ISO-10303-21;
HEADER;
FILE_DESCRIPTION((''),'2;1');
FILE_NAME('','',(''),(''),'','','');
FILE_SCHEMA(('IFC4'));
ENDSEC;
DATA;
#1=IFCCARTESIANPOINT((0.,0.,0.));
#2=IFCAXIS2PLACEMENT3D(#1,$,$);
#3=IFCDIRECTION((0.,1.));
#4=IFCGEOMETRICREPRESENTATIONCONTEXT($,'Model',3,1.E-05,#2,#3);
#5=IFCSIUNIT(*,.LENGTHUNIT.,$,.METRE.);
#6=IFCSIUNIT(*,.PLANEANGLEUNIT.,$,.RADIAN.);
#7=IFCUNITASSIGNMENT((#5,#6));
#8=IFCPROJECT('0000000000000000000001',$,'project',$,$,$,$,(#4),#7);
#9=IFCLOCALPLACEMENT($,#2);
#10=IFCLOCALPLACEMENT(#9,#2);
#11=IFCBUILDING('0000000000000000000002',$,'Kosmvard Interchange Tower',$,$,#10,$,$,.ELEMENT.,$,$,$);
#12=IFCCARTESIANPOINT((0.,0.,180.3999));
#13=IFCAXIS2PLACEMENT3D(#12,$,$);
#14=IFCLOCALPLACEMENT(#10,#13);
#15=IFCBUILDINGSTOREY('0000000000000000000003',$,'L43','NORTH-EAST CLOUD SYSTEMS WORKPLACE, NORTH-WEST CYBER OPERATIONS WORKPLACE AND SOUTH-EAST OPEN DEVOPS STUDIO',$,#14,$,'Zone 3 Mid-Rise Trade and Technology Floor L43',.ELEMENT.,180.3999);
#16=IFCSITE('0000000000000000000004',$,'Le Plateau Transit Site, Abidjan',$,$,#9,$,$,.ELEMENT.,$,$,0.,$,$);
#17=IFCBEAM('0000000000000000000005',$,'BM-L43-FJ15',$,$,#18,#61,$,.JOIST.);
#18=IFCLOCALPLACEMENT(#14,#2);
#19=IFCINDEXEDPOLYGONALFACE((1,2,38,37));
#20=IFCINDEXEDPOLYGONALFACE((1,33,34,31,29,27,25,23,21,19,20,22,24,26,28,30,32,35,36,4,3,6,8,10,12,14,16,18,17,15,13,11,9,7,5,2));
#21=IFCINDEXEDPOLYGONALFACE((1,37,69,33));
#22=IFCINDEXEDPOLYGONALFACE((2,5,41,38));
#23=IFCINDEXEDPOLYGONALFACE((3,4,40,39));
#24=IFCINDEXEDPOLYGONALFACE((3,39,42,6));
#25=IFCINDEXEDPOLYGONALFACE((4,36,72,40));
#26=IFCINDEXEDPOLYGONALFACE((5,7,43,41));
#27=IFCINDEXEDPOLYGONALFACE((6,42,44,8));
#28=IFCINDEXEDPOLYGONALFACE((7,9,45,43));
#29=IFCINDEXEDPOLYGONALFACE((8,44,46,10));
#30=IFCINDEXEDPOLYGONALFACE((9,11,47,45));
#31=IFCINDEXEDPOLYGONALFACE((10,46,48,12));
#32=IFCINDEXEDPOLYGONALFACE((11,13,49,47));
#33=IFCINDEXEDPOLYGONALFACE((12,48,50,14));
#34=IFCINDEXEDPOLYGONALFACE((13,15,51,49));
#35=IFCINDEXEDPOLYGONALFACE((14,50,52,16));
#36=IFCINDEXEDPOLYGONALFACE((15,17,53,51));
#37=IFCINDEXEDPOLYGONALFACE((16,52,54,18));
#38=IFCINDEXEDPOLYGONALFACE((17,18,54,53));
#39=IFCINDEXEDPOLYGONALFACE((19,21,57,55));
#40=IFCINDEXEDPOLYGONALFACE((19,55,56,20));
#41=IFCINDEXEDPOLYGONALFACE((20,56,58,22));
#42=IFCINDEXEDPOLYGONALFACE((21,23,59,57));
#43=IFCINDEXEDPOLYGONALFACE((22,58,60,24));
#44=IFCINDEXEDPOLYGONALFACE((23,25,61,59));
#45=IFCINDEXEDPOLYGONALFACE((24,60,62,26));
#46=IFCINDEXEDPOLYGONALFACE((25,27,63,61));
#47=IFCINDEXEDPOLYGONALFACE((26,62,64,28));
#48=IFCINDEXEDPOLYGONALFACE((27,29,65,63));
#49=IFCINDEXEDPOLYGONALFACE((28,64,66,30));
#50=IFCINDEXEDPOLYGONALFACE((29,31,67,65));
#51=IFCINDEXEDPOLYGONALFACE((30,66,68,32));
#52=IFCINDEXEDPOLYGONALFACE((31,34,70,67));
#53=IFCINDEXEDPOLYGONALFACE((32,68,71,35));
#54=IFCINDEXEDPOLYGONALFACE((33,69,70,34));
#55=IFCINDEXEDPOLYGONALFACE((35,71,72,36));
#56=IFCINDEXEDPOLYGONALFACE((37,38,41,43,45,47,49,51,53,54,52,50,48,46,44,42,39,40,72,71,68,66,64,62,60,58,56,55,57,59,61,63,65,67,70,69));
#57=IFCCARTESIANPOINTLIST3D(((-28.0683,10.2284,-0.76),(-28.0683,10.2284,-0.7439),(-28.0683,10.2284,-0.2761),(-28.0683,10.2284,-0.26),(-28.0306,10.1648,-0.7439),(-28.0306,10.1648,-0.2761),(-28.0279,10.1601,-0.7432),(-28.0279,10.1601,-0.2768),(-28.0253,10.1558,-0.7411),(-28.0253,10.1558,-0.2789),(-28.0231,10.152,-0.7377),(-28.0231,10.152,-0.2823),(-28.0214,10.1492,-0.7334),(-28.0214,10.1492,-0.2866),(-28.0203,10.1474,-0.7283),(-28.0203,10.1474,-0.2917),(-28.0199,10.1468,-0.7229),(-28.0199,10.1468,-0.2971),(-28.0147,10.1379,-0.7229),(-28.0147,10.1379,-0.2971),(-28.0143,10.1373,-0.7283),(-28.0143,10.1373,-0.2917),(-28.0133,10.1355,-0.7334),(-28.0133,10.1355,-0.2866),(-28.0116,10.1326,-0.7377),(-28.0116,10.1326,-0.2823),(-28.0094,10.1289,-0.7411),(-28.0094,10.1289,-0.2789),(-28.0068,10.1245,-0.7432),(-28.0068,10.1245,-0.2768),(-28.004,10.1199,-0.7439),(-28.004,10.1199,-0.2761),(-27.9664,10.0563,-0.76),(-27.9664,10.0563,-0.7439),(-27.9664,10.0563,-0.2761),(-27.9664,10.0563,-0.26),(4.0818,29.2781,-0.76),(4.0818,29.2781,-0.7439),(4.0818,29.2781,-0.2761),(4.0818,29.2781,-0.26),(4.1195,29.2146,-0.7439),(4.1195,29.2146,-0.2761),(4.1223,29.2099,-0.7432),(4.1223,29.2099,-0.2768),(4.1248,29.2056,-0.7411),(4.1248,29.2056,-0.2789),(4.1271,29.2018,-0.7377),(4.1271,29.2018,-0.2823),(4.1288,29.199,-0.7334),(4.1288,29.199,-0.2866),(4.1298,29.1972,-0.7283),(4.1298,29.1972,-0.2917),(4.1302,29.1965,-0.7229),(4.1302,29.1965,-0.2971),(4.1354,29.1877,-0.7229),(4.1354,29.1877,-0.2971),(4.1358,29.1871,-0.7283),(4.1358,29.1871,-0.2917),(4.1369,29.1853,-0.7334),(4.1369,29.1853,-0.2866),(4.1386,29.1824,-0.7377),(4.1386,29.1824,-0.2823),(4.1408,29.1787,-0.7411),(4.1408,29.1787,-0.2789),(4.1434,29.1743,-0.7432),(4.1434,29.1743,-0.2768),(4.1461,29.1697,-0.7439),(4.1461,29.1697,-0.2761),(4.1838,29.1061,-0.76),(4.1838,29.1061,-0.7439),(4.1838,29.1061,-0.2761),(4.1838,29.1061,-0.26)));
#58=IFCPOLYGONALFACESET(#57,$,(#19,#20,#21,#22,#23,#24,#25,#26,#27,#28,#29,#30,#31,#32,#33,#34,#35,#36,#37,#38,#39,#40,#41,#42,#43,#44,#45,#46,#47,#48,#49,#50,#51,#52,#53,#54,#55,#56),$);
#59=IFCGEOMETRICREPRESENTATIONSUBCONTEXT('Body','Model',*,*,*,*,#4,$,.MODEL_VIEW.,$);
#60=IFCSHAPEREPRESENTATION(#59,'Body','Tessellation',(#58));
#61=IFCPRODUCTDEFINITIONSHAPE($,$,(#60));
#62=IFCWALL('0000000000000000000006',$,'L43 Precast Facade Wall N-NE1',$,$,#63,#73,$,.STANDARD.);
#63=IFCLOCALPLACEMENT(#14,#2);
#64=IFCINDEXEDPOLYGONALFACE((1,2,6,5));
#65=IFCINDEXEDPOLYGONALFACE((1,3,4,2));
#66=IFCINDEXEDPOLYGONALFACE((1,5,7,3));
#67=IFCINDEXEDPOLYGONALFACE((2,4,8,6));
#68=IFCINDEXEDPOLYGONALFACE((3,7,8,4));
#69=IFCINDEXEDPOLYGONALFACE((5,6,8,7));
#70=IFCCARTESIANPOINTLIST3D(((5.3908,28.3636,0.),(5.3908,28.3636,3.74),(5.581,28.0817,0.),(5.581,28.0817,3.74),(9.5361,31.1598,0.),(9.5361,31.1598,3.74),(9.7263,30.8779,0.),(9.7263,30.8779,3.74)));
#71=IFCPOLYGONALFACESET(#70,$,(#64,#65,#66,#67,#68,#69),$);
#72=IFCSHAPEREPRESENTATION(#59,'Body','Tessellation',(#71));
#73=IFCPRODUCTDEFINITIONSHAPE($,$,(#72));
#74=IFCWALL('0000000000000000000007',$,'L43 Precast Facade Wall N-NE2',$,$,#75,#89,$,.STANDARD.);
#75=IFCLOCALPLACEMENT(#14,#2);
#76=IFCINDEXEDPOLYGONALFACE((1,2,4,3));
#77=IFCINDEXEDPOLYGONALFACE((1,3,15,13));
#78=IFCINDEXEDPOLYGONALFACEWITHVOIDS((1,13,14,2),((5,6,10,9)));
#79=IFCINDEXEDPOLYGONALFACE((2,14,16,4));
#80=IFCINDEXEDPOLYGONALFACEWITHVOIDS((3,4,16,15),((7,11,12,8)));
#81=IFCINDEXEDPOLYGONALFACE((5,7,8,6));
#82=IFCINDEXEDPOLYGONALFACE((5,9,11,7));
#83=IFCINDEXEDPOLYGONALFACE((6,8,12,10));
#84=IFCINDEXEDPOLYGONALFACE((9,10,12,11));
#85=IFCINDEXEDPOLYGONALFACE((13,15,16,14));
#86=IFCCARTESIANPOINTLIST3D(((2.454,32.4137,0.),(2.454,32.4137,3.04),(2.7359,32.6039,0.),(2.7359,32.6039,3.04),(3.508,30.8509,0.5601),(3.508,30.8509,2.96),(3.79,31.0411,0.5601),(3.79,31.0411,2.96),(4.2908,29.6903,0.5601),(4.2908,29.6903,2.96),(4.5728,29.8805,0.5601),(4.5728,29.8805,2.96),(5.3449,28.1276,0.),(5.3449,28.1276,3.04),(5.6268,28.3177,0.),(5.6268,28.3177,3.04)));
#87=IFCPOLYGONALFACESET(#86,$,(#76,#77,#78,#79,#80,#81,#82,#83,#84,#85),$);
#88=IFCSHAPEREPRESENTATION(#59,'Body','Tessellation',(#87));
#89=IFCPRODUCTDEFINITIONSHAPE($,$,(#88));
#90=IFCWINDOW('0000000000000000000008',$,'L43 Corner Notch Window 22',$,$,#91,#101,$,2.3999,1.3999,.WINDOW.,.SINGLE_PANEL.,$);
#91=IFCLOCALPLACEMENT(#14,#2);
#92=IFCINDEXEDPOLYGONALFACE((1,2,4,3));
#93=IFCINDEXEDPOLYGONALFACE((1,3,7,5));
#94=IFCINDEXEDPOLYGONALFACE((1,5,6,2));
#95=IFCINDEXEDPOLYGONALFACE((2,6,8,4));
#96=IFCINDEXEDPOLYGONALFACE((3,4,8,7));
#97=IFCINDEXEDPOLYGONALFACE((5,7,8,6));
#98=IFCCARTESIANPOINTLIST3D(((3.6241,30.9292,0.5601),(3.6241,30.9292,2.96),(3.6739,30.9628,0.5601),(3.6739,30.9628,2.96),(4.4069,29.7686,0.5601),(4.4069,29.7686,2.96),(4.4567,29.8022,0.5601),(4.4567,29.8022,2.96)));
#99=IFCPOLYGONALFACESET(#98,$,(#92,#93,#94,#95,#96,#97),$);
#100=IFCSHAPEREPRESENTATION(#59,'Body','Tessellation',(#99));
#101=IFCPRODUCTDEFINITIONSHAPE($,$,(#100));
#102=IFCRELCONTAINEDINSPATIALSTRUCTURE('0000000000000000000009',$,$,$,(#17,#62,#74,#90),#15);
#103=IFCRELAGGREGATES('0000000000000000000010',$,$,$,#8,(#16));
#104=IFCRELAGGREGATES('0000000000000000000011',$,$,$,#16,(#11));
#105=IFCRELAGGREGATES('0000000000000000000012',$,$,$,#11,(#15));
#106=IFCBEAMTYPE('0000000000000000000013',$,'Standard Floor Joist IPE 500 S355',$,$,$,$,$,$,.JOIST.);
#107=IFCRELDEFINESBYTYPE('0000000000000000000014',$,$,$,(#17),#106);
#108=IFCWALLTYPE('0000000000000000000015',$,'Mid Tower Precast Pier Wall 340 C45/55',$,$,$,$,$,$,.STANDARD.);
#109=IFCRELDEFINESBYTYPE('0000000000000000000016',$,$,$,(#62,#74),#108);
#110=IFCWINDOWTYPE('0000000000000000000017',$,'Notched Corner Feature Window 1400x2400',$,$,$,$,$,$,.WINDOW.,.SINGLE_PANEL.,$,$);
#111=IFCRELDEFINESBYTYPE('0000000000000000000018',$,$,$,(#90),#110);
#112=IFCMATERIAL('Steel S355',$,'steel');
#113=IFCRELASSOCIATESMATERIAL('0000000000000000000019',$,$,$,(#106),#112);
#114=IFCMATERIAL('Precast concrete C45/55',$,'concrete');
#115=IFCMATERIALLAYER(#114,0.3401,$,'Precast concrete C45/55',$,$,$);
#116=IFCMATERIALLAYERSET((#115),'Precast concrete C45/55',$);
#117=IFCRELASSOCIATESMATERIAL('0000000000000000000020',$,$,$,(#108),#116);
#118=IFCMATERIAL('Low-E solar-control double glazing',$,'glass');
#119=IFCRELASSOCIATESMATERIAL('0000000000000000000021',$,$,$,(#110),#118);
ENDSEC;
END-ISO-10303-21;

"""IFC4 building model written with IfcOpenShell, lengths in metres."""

from ifc_helpers import new_model, si_unit, direction, frame, frame_2d, origin, origin_2d, place, context, subcontext, project, spatial, rectangle, i_section, extrude, source, transform, mapped, material, layer, layer_set, material_profile, profile_set, type_object, element, fill, save


model = new_model("IFC4")

# Units and contexts
model_context = context("Model", 3, precision=1e-05, world=origin(), true_north=direction((0.0, 1.0)))
body_context = subcontext(model_context, "Body", "Model", "MODEL_VIEW")
ifc_project = project(units=[si_unit("LENGTHUNIT", "METRE"), si_unit("PLANEANGLEUNIT", "RADIAN")], contexts=[model_context])

# Site, building, storey
site_placement = place(None, origin())
site = spatial("IfcSite", under=ifc_project, at=site_placement, Name="Le Plateau Transit Site, Abidjan", CompositionType="ELEMENT", RefElevation=0.0)
building_placement = place(site_placement, origin())
building = spatial("IfcBuilding", under=site, at=building_placement, Name="Kosmvard Interchange Tower", CompositionType="ELEMENT")
storey_placement = place(building_placement, frame((0.0, 0.0, 180.3999)))
storey = spatial("IfcBuildingStorey", under=building, at=storey_placement, Name="L43", Description="NORTH-EAST CLOUD SYSTEMS WORKPLACE, NORTH-WEST CYBER OPERATIONS WORKPLACE AND SOUTH-EAST OPEN DEVOPS STUDIO", LongName="Zone 3 Mid-Rise Trade and Technology Floor L43", CompositionType="ELEMENT", Elevation=180.3999)

# Beam
ifc_material_1 = material(Name="Steel S355", Category="steel")
ifc_material_2 = material(Name="Precast concrete C45/55", Category="concrete")
ifc_material_profile_1 = material_profile(ifc_material_1, i_section(OverallWidth=0.2, OverallDepth=0.5, WebThickness=0.0103, FlangeThickness=0.0161, FilletRadius=0.021, at=origin_2d()), Name="IPE 500")
ifc_profile_set_1 = profile_set([ifc_material_profile_1], Name="Steel S355")
beam_type_1 = type_object("IfcBeamType", Name="Standard Floor Joist IPE 500 S355", PredefinedType="JOIST", material=ifc_profile_set_1)
shared_shape_1 = source(origin(), body_context, "Body", "SweptSolid", [
    extrude(i_section(OverallWidth=0.2, OverallDepth=0.5, WebThickness=0.0103, FlangeThickness=0.0161, FilletRadius=0.021, at=origin_2d()), origin(), (0.0, 0.0, 1.0), 37.3701),
])
beam_1_placement = place(storey_placement, frame((4.1328, 29.1921, -0.51), z_axis=(-0.860317, -0.50976, 0.0), x_axis=(0.50976, -0.860317, 0.0)))
element("IfcBeam", 1, at=beam_1_placement, inside=storey, type_object=beam_type_1, Name="BM-L43-FJ15", PredefinedType="JOIST", context=body_context, shape_type="MappedRepresentation", body=[
    mapped(shared_shape_1, transform((0.0, 0.0, 0.0), scale=1.0)),
])

# Wall
ifc_layer_1 = layer(ifc_material_2, 0.3401, Name="Precast concrete C45/55")
ifc_layer_set_1 = layer_set([ifc_layer_1], Name="Precast concrete C45/55")
wall_type = type_object("IfcWallType", Name="Mid Tower Precast Pier Wall 340 C45/55", PredefinedType="STANDARD", material=ifc_layer_set_1)
wall_1_placement = place(storey_placement, frame((9.6311, 31.0188, 0.0), z_axis=(0.0, 0.0, 1.0), x_axis=(-0.829026, -0.55921, 0.0)))
element("IfcWall", 2, at=wall_1_placement, inside=storey, type_object=wall_type, Name="L43 Precast Facade Wall N-NE1", PredefinedType="STANDARD", context=body_context, shape_type="SweptSolid", body=[
    extrude(rectangle(XDim=5.0002, YDim=0.3401, at=frame_2d((2.5, 0.0))), origin(), (0.0, 0.0, 1.0), 3.74),
])

# Wall, opening, window
wall_2_placement = place(storey_placement, frame((5.4858, 28.2227, 0.0), z_axis=(0.0, 0.0, 1.0), x_axis=(-0.559171, 0.829052, 0.0)))
wall_2 = element("IfcWall", 3, at=wall_2_placement, inside=storey, type_object=wall_type, Name="L43 Precast Facade Wall N-NE2", PredefinedType="STANDARD", context=body_context, shape_type="SweptSolid", body=[
    extrude(rectangle(XDim=5.1699, YDim=0.3401, at=frame_2d((2.585, 0.0))), origin(), (0.0, 0.0, 1.0), 3.04),
])
opening_1_placement = place(wall_2_placement, frame((1.885, 0.0, 0.5601)))
opening_1 = element("IfcOpeningElement", 4, at=opening_1_placement, cuts=wall_2, PredefinedType="OPENING", context=body_context, shape_type="SweptSolid", body=[
    extrude(rectangle(XDim=1.3999, YDim=2.3999, at=frame_2d((0.7, 1.2))), frame((0.0, 0.1802, 0.0), z_axis=(0.0, -1.0, 0.0), x_axis=(1.0, 0.0, 0.0)), (0.0, 0.0, 1.0), 0.3601),
])
ifc_material_3 = material(Name="Low-E solar-control double glazing", Category="glass")
window_type_1 = type_object("IfcWindowType", Name="Notched Corner Feature Window 1400x2400", PartitioningType="SINGLE_PANEL", PredefinedType="WINDOW", material=ifc_material_3)
shared_shape_2 = source(origin(), body_context, "Body", "SweptSolid", [
    extrude(rectangle(XDim=1.3999, YDim=2.3999, at=frame_2d((0.7, 1.2))), frame((0.0, 0.03, 0.0), z_axis=(0.0, -1.0, 0.0), x_axis=(1.0, 0.0, 0.0)), (0.0, 0.0, 1.0), 0.0601),
])
window_1_placement = place(opening_1_placement, origin())
window_1 = element("IfcWindow", 5, at=window_1_placement, inside=storey, type_object=window_type_1, Name="L43 Corner Notch Window 22", OverallHeight=2.3999, OverallWidth=1.3999, PartitioningType="SINGLE_PANEL", PredefinedType="WINDOW", context=body_context, shape_type="MappedRepresentation", body=[
    mapped(shared_shape_2, transform((0.0, 0.0, 0.0), scale=1.0)),
])
fill(opening_1, window_1)

save(model, "model.ifc")
